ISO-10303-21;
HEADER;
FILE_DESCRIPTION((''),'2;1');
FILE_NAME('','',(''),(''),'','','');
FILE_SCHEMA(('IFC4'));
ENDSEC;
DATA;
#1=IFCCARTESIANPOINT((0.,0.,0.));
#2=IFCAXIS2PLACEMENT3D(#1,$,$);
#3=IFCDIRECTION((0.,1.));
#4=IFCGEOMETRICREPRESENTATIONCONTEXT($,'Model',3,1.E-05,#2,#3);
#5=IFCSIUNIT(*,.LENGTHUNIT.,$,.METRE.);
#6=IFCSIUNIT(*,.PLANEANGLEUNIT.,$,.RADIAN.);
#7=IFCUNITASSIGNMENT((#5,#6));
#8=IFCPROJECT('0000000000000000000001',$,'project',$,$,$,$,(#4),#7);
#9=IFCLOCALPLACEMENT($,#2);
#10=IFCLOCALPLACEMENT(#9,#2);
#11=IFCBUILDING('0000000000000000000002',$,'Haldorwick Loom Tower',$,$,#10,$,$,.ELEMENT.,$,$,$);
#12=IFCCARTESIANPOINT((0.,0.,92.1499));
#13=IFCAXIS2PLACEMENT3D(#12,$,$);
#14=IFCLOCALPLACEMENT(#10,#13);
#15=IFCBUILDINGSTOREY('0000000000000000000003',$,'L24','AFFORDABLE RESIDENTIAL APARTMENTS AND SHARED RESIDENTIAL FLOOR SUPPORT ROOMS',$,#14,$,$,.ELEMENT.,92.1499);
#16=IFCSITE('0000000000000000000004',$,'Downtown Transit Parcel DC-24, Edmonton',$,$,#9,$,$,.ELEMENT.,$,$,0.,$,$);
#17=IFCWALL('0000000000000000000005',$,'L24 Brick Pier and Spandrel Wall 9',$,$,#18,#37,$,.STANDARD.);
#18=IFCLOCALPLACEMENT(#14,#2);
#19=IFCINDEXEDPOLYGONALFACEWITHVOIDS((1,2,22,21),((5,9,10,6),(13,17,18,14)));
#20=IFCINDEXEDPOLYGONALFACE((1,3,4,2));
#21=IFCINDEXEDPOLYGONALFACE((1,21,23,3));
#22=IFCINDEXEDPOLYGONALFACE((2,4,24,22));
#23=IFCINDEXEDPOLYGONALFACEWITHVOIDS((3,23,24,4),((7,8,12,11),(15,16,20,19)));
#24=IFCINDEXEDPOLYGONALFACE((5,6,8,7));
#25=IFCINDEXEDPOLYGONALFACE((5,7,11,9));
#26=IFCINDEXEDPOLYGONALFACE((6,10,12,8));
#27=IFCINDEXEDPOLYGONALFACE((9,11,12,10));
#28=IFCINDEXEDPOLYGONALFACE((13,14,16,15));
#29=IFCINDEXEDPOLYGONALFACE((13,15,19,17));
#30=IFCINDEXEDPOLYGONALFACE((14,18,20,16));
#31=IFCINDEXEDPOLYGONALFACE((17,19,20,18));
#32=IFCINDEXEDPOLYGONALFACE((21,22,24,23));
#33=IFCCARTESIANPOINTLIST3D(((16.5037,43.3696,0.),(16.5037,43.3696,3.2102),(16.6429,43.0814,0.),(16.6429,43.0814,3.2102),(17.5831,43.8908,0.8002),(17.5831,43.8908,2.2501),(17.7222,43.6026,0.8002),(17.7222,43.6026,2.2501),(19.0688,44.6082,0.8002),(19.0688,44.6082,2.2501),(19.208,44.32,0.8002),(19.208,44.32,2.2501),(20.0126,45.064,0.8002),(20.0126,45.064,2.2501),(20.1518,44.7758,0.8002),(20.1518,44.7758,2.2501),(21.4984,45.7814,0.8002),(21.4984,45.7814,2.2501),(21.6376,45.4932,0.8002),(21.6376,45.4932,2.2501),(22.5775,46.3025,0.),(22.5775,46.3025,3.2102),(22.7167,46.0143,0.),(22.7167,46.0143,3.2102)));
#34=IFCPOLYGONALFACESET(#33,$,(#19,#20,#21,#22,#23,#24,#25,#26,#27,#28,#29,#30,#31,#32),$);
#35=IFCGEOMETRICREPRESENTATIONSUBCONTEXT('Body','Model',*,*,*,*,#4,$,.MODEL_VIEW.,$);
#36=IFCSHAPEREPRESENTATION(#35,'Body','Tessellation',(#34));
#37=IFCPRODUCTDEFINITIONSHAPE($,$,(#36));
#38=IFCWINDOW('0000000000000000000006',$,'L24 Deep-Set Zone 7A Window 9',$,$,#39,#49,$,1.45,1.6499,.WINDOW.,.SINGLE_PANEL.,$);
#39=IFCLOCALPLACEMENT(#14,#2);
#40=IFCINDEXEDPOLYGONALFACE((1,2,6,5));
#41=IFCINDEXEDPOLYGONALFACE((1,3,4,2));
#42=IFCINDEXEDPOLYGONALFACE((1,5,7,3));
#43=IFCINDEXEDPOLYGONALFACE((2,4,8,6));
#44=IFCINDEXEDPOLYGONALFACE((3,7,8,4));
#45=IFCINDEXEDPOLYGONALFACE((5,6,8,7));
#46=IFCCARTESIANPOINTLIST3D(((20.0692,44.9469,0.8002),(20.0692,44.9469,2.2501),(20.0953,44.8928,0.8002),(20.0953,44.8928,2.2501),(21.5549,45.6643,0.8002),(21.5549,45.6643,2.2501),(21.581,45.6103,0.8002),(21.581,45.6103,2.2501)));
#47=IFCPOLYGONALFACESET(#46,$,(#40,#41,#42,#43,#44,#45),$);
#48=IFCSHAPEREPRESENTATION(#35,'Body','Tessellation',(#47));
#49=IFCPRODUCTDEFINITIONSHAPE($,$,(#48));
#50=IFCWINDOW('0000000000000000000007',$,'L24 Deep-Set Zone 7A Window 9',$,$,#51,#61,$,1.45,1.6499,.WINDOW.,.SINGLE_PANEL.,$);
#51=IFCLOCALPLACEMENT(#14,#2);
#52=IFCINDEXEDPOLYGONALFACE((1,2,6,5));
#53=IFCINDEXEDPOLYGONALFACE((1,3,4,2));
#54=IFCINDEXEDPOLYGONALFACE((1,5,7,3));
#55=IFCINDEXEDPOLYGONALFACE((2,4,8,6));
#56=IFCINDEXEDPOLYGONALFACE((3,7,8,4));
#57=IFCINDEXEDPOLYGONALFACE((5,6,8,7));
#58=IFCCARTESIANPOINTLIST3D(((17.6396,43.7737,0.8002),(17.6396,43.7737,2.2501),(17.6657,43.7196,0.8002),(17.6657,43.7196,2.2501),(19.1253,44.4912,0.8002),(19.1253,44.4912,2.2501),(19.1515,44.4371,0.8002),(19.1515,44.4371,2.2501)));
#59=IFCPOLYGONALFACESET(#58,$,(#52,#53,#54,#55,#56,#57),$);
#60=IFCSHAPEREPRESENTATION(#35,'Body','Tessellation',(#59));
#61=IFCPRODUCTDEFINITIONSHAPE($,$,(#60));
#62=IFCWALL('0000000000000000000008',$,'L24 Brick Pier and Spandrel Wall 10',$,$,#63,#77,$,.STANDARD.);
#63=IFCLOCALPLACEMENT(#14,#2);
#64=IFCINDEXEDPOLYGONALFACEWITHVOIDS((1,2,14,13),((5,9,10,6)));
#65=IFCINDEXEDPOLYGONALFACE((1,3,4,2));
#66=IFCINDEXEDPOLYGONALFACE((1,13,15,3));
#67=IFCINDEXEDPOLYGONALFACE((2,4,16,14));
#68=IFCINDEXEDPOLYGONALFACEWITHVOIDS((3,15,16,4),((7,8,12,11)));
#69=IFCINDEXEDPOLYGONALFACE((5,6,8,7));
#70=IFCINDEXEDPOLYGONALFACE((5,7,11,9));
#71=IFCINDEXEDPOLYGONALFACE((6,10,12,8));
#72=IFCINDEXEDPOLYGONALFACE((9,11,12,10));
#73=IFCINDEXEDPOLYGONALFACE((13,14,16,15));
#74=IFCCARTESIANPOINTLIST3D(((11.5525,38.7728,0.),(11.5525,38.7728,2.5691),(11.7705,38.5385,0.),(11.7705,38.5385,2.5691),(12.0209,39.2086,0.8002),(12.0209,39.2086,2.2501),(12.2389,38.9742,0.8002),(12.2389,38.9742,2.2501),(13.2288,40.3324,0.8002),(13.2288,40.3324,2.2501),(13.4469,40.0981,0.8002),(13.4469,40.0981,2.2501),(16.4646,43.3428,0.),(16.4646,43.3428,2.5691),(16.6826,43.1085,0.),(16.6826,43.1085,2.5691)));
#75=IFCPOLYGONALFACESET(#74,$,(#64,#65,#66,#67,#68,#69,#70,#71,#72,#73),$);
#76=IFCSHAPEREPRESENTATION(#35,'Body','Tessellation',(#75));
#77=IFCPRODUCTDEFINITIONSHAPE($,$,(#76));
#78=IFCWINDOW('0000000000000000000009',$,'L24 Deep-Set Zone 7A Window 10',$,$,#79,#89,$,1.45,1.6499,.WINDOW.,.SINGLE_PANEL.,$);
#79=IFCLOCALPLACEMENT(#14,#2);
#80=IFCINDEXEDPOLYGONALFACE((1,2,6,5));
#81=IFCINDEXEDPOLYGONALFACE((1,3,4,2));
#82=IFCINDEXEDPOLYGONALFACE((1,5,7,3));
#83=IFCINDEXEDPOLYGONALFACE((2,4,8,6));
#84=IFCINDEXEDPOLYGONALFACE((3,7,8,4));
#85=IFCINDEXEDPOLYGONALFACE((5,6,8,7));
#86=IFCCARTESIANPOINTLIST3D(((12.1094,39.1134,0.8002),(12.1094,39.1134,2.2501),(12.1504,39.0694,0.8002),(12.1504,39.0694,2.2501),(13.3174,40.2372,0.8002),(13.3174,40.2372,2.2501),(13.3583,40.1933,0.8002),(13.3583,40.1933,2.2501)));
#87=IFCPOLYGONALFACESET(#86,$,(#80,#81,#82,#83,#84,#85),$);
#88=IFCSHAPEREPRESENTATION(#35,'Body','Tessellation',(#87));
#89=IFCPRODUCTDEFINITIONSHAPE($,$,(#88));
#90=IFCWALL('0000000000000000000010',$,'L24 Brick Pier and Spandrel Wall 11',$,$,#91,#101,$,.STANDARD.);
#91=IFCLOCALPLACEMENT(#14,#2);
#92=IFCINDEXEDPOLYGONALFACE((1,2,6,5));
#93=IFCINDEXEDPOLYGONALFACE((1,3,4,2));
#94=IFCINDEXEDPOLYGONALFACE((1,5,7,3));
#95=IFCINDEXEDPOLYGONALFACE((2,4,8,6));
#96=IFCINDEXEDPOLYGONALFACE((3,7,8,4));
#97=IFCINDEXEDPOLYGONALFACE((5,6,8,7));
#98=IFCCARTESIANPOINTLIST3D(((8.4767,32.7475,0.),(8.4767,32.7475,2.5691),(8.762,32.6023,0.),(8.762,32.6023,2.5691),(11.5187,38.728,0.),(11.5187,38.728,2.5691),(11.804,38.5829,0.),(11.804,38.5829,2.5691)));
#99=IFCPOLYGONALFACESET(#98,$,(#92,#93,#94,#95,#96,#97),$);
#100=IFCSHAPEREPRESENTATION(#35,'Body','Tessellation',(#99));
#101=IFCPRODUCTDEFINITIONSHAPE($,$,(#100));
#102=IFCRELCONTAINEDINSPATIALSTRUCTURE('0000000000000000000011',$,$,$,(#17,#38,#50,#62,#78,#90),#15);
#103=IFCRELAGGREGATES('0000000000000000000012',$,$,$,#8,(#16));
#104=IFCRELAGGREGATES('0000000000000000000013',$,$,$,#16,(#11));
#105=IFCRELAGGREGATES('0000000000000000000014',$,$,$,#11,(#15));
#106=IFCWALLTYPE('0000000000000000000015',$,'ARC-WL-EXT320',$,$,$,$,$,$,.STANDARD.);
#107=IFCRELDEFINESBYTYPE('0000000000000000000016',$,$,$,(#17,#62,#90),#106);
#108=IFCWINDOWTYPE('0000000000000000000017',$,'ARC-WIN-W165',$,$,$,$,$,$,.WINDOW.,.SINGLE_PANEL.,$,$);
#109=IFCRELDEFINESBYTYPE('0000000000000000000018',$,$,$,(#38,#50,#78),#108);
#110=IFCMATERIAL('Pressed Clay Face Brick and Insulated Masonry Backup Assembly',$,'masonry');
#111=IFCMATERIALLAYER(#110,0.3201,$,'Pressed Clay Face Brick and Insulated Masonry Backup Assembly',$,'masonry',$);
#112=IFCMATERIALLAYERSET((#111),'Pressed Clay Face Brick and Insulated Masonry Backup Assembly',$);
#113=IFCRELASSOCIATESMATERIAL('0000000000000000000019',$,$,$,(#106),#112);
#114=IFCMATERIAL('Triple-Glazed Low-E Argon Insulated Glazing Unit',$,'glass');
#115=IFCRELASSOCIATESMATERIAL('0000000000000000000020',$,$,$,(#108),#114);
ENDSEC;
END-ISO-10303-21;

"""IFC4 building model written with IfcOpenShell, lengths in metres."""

from ifc_helpers import new_model, si_unit, direction, frame, frame_2d, origin, place, context, subcontext, project, spatial, rectangle, extrude, material, layer, layer_set, type_object, element, fill, save


model = new_model("IFC4")

# Units and contexts
model_context = context("Model", 3, precision=1e-05, world=origin(), true_north=direction((0.0, 1.0)))
body_context = subcontext(model_context, "Body", "Model", "MODEL_VIEW")
ifc_project = project(units=[si_unit("LENGTHUNIT", "METRE"), si_unit("PLANEANGLEUNIT", "RADIAN")], contexts=[model_context])

# Site, building, storey
site_placement = place(None, origin())
site = spatial("IfcSite", under=ifc_project, at=site_placement, Name="Downtown Transit Parcel DC-24, Edmonton", CompositionType="ELEMENT", RefElevation=0.0)
building_placement = place(site_placement, origin())
building = spatial("IfcBuilding", under=site, at=building_placement, Name="Haldorwick Loom Tower", CompositionType="ELEMENT")
storey_placement = place(building_placement, frame((0.0, 0.0, 92.1499)))
storey = spatial("IfcBuildingStorey", under=building, at=storey_placement, Name="L24", Description="AFFORDABLE RESIDENTIAL APARTMENTS AND SHARED RESIDENTIAL FLOOR SUPPORT ROOMS", CompositionType="ELEMENT", Elevation=92.1499)

# Wall, openings, windows
ifc_material_1 = material(Name="Pressed Clay Face Brick and Insulated Masonry Backup Assembly", Category="masonry")
ifc_layer_1 = layer(ifc_material_1, 0.3201, Name="Pressed Clay Face Brick and Insulated Masonry Backup Assembly", Category="masonry")
ifc_layer_set_1 = layer_set([ifc_layer_1], Name="Pressed Clay Face Brick and Insulated Masonry Backup Assembly")
wall_type_1 = type_object("IfcWallType", Name="ARC-WL-EXT320", PredefinedType="STANDARD", material=ifc_layer_set_1)
wall_1_placement = place(storey_placement, frame((22.6472, 46.1584, 0.0), z_axis=(0.0, 0.0, 1.0), x_axis=(-0.90051, -0.434835, 0.0)))
wall_1 = element("IfcWall", 1, at=wall_1_placement, inside=storey, type_object=wall_type_1, Name="L24 Brick Pier and Spandrel Wall 9", PredefinedType="STANDARD", context=body_context, shape_type="SweptSolid", body=[
    extrude(rectangle(XDim=6.7449, YDim=0.3201, at=frame_2d((3.3726, 0.0))), origin(), (0.0, 0.0, 1.0), 3.2102),
])
opening_1_placement = place(wall_1_placement, frame((1.1985, 0.0, 0.8)))
opening_1 = element("IfcOpeningElement", 2, at=opening_1_placement, cuts=wall_1, PredefinedType="OPENING", context=body_context, shape_type="SweptSolid", body=[
    extrude(rectangle(XDim=1.6499, YDim=1.45, at=frame_2d((0.825, 0.7251))), frame((0.0, 0.1699, 0.0), z_axis=(0.0, -1.0, 0.0), x_axis=(1.0, 0.0, 0.0)), (0.0, 0.0, 1.0), 0.3401),
])
opening_2_placement = place(wall_1_placement, frame((3.8965, 0.0, 0.8)))
opening_2 = element("IfcOpeningElement", 3, at=opening_2_placement, cuts=wall_1, PredefinedType="OPENING", context=body_context, shape_type="SweptSolid", body=[
    extrude(rectangle(XDim=1.6499, YDim=1.45, at=frame_2d((0.825, 0.7251))), frame((0.0, 0.1699, 0.0), z_axis=(0.0, -1.0, 0.0), x_axis=(1.0, 0.0, 0.0)), (0.0, 0.0, 1.0), 0.3401),
])
ifc_material_2 = material(Name="Triple-Glazed Low-E Argon Insulated Glazing Unit", Category="glass")
window_type = type_object("IfcWindowType", Name="ARC-WIN-W165", PartitioningType="SINGLE_PANEL", PredefinedType="WINDOW", material=ifc_material_2)
window_1_placement = place(opening_1_placement, origin())
window_1 = element("IfcWindow", 4, at=window_1_placement, inside=storey, type_object=window_type, Name="L24 Deep-Set Zone 7A Window 9", OverallHeight=1.45, OverallWidth=1.6499, PartitioningType="SINGLE_PANEL", PredefinedType="WINDOW", context=body_context, shape_type="SweptSolid", body=[
    extrude(rectangle(XDim=1.6499, YDim=1.45, at=frame_2d((0.825, 0.7251))), frame((0.0, 0.03, 0.0), z_axis=(0.0, -1.0, 0.0), x_axis=(1.0, 0.0, 0.0)), (0.0, 0.0, 1.0), 0.0601),
])
fill(opening_1, window_1)
window_2_placement = place(opening_2_placement, origin())
window_2 = element("IfcWindow", 5, at=window_2_placement, inside=storey, type_object=window_type, Name="L24 Deep-Set Zone 7A Window 9", OverallHeight=1.45, OverallWidth=1.6499, PartitioningType="SINGLE_PANEL", PredefinedType="WINDOW", context=body_context, shape_type="SweptSolid", body=[
    extrude(rectangle(XDim=1.6499, YDim=1.45, at=frame_2d((0.825, 0.7251))), frame((0.0, 0.03, 0.0), z_axis=(0.0, -1.0, 0.0), x_axis=(1.0, 0.0, 0.0)), (0.0, 0.0, 1.0), 0.0601),
])
fill(opening_2, window_2)

# Wall, opening, window
wall_2_placement = place(storey_placement, frame((16.5735, 43.2256, 0.0), z_axis=(0.0, 0.0, 1.0), x_axis=(-0.732137, -0.681157, 0.0)))
wall_2 = element("IfcWall", 6, at=wall_2_placement, inside=storey, type_object=wall_type_1, Name="L24 Brick Pier and Spandrel Wall 10", PredefinedType="STANDARD", context=body_context, shape_type="SweptSolid", body=[
    extrude(rectangle(XDim=6.7092, YDim=0.3201, at=frame_2d((3.3545, 0.0))), origin(), (0.0, 0.0, 1.0), 2.5691),
])
opening_3_placement = place(wall_2_placement, frame((4.4194, 0.0, 0.8)))
opening_3 = element("IfcOpeningElement", 7, at=opening_3_placement, cuts=wall_2, PredefinedType="OPENING", context=body_context, shape_type="SweptSolid", body=[
    extrude(rectangle(XDim=1.6499, YDim=1.45, at=frame_2d((0.825, 0.7251))), frame((0.0, 0.1699, 0.0), z_axis=(0.0, -1.0, 0.0), x_axis=(1.0, 0.0, 0.0)), (0.0, 0.0, 1.0), 0.3401),
])
window_3_placement = place(opening_3_placement, origin())
window_3 = element("IfcWindow", 8, at=window_3_placement, inside=storey, type_object=window_type, Name="L24 Deep-Set Zone 7A Window 10", OverallHeight=1.45, OverallWidth=1.6499, PartitioningType="SINGLE_PANEL", PredefinedType="WINDOW", context=body_context, shape_type="SweptSolid", body=[
    extrude(rectangle(XDim=1.6499, YDim=1.45, at=frame_2d((0.825, 0.7251))), frame((0.0, 0.03, 0.0), z_axis=(0.0, -1.0, 0.0), x_axis=(1.0, 0.0, 0.0)), (0.0, 0.0, 1.0), 0.0601),
])
fill(opening_3, window_3)

# Wall
wall_3_placement = place(storey_placement, frame((11.6614, 38.6555, 0.0), z_axis=(0.0, 0.0, 1.0), x_axis=(-0.453374, -0.89132, 0.0)))
element("IfcWall", 9, at=wall_3_placement, inside=storey, type_object=wall_type_1, Name="L24 Brick Pier and Spandrel Wall 11", PredefinedType="STANDARD", context=body_context, shape_type="SweptSolid", body=[
    extrude(rectangle(XDim=6.7097, YDim=0.3201, at=frame_2d((3.355, 0.0))), origin(), (0.0, 0.0, 1.0), 2.5691),
])

save(model, "model.ifc")
